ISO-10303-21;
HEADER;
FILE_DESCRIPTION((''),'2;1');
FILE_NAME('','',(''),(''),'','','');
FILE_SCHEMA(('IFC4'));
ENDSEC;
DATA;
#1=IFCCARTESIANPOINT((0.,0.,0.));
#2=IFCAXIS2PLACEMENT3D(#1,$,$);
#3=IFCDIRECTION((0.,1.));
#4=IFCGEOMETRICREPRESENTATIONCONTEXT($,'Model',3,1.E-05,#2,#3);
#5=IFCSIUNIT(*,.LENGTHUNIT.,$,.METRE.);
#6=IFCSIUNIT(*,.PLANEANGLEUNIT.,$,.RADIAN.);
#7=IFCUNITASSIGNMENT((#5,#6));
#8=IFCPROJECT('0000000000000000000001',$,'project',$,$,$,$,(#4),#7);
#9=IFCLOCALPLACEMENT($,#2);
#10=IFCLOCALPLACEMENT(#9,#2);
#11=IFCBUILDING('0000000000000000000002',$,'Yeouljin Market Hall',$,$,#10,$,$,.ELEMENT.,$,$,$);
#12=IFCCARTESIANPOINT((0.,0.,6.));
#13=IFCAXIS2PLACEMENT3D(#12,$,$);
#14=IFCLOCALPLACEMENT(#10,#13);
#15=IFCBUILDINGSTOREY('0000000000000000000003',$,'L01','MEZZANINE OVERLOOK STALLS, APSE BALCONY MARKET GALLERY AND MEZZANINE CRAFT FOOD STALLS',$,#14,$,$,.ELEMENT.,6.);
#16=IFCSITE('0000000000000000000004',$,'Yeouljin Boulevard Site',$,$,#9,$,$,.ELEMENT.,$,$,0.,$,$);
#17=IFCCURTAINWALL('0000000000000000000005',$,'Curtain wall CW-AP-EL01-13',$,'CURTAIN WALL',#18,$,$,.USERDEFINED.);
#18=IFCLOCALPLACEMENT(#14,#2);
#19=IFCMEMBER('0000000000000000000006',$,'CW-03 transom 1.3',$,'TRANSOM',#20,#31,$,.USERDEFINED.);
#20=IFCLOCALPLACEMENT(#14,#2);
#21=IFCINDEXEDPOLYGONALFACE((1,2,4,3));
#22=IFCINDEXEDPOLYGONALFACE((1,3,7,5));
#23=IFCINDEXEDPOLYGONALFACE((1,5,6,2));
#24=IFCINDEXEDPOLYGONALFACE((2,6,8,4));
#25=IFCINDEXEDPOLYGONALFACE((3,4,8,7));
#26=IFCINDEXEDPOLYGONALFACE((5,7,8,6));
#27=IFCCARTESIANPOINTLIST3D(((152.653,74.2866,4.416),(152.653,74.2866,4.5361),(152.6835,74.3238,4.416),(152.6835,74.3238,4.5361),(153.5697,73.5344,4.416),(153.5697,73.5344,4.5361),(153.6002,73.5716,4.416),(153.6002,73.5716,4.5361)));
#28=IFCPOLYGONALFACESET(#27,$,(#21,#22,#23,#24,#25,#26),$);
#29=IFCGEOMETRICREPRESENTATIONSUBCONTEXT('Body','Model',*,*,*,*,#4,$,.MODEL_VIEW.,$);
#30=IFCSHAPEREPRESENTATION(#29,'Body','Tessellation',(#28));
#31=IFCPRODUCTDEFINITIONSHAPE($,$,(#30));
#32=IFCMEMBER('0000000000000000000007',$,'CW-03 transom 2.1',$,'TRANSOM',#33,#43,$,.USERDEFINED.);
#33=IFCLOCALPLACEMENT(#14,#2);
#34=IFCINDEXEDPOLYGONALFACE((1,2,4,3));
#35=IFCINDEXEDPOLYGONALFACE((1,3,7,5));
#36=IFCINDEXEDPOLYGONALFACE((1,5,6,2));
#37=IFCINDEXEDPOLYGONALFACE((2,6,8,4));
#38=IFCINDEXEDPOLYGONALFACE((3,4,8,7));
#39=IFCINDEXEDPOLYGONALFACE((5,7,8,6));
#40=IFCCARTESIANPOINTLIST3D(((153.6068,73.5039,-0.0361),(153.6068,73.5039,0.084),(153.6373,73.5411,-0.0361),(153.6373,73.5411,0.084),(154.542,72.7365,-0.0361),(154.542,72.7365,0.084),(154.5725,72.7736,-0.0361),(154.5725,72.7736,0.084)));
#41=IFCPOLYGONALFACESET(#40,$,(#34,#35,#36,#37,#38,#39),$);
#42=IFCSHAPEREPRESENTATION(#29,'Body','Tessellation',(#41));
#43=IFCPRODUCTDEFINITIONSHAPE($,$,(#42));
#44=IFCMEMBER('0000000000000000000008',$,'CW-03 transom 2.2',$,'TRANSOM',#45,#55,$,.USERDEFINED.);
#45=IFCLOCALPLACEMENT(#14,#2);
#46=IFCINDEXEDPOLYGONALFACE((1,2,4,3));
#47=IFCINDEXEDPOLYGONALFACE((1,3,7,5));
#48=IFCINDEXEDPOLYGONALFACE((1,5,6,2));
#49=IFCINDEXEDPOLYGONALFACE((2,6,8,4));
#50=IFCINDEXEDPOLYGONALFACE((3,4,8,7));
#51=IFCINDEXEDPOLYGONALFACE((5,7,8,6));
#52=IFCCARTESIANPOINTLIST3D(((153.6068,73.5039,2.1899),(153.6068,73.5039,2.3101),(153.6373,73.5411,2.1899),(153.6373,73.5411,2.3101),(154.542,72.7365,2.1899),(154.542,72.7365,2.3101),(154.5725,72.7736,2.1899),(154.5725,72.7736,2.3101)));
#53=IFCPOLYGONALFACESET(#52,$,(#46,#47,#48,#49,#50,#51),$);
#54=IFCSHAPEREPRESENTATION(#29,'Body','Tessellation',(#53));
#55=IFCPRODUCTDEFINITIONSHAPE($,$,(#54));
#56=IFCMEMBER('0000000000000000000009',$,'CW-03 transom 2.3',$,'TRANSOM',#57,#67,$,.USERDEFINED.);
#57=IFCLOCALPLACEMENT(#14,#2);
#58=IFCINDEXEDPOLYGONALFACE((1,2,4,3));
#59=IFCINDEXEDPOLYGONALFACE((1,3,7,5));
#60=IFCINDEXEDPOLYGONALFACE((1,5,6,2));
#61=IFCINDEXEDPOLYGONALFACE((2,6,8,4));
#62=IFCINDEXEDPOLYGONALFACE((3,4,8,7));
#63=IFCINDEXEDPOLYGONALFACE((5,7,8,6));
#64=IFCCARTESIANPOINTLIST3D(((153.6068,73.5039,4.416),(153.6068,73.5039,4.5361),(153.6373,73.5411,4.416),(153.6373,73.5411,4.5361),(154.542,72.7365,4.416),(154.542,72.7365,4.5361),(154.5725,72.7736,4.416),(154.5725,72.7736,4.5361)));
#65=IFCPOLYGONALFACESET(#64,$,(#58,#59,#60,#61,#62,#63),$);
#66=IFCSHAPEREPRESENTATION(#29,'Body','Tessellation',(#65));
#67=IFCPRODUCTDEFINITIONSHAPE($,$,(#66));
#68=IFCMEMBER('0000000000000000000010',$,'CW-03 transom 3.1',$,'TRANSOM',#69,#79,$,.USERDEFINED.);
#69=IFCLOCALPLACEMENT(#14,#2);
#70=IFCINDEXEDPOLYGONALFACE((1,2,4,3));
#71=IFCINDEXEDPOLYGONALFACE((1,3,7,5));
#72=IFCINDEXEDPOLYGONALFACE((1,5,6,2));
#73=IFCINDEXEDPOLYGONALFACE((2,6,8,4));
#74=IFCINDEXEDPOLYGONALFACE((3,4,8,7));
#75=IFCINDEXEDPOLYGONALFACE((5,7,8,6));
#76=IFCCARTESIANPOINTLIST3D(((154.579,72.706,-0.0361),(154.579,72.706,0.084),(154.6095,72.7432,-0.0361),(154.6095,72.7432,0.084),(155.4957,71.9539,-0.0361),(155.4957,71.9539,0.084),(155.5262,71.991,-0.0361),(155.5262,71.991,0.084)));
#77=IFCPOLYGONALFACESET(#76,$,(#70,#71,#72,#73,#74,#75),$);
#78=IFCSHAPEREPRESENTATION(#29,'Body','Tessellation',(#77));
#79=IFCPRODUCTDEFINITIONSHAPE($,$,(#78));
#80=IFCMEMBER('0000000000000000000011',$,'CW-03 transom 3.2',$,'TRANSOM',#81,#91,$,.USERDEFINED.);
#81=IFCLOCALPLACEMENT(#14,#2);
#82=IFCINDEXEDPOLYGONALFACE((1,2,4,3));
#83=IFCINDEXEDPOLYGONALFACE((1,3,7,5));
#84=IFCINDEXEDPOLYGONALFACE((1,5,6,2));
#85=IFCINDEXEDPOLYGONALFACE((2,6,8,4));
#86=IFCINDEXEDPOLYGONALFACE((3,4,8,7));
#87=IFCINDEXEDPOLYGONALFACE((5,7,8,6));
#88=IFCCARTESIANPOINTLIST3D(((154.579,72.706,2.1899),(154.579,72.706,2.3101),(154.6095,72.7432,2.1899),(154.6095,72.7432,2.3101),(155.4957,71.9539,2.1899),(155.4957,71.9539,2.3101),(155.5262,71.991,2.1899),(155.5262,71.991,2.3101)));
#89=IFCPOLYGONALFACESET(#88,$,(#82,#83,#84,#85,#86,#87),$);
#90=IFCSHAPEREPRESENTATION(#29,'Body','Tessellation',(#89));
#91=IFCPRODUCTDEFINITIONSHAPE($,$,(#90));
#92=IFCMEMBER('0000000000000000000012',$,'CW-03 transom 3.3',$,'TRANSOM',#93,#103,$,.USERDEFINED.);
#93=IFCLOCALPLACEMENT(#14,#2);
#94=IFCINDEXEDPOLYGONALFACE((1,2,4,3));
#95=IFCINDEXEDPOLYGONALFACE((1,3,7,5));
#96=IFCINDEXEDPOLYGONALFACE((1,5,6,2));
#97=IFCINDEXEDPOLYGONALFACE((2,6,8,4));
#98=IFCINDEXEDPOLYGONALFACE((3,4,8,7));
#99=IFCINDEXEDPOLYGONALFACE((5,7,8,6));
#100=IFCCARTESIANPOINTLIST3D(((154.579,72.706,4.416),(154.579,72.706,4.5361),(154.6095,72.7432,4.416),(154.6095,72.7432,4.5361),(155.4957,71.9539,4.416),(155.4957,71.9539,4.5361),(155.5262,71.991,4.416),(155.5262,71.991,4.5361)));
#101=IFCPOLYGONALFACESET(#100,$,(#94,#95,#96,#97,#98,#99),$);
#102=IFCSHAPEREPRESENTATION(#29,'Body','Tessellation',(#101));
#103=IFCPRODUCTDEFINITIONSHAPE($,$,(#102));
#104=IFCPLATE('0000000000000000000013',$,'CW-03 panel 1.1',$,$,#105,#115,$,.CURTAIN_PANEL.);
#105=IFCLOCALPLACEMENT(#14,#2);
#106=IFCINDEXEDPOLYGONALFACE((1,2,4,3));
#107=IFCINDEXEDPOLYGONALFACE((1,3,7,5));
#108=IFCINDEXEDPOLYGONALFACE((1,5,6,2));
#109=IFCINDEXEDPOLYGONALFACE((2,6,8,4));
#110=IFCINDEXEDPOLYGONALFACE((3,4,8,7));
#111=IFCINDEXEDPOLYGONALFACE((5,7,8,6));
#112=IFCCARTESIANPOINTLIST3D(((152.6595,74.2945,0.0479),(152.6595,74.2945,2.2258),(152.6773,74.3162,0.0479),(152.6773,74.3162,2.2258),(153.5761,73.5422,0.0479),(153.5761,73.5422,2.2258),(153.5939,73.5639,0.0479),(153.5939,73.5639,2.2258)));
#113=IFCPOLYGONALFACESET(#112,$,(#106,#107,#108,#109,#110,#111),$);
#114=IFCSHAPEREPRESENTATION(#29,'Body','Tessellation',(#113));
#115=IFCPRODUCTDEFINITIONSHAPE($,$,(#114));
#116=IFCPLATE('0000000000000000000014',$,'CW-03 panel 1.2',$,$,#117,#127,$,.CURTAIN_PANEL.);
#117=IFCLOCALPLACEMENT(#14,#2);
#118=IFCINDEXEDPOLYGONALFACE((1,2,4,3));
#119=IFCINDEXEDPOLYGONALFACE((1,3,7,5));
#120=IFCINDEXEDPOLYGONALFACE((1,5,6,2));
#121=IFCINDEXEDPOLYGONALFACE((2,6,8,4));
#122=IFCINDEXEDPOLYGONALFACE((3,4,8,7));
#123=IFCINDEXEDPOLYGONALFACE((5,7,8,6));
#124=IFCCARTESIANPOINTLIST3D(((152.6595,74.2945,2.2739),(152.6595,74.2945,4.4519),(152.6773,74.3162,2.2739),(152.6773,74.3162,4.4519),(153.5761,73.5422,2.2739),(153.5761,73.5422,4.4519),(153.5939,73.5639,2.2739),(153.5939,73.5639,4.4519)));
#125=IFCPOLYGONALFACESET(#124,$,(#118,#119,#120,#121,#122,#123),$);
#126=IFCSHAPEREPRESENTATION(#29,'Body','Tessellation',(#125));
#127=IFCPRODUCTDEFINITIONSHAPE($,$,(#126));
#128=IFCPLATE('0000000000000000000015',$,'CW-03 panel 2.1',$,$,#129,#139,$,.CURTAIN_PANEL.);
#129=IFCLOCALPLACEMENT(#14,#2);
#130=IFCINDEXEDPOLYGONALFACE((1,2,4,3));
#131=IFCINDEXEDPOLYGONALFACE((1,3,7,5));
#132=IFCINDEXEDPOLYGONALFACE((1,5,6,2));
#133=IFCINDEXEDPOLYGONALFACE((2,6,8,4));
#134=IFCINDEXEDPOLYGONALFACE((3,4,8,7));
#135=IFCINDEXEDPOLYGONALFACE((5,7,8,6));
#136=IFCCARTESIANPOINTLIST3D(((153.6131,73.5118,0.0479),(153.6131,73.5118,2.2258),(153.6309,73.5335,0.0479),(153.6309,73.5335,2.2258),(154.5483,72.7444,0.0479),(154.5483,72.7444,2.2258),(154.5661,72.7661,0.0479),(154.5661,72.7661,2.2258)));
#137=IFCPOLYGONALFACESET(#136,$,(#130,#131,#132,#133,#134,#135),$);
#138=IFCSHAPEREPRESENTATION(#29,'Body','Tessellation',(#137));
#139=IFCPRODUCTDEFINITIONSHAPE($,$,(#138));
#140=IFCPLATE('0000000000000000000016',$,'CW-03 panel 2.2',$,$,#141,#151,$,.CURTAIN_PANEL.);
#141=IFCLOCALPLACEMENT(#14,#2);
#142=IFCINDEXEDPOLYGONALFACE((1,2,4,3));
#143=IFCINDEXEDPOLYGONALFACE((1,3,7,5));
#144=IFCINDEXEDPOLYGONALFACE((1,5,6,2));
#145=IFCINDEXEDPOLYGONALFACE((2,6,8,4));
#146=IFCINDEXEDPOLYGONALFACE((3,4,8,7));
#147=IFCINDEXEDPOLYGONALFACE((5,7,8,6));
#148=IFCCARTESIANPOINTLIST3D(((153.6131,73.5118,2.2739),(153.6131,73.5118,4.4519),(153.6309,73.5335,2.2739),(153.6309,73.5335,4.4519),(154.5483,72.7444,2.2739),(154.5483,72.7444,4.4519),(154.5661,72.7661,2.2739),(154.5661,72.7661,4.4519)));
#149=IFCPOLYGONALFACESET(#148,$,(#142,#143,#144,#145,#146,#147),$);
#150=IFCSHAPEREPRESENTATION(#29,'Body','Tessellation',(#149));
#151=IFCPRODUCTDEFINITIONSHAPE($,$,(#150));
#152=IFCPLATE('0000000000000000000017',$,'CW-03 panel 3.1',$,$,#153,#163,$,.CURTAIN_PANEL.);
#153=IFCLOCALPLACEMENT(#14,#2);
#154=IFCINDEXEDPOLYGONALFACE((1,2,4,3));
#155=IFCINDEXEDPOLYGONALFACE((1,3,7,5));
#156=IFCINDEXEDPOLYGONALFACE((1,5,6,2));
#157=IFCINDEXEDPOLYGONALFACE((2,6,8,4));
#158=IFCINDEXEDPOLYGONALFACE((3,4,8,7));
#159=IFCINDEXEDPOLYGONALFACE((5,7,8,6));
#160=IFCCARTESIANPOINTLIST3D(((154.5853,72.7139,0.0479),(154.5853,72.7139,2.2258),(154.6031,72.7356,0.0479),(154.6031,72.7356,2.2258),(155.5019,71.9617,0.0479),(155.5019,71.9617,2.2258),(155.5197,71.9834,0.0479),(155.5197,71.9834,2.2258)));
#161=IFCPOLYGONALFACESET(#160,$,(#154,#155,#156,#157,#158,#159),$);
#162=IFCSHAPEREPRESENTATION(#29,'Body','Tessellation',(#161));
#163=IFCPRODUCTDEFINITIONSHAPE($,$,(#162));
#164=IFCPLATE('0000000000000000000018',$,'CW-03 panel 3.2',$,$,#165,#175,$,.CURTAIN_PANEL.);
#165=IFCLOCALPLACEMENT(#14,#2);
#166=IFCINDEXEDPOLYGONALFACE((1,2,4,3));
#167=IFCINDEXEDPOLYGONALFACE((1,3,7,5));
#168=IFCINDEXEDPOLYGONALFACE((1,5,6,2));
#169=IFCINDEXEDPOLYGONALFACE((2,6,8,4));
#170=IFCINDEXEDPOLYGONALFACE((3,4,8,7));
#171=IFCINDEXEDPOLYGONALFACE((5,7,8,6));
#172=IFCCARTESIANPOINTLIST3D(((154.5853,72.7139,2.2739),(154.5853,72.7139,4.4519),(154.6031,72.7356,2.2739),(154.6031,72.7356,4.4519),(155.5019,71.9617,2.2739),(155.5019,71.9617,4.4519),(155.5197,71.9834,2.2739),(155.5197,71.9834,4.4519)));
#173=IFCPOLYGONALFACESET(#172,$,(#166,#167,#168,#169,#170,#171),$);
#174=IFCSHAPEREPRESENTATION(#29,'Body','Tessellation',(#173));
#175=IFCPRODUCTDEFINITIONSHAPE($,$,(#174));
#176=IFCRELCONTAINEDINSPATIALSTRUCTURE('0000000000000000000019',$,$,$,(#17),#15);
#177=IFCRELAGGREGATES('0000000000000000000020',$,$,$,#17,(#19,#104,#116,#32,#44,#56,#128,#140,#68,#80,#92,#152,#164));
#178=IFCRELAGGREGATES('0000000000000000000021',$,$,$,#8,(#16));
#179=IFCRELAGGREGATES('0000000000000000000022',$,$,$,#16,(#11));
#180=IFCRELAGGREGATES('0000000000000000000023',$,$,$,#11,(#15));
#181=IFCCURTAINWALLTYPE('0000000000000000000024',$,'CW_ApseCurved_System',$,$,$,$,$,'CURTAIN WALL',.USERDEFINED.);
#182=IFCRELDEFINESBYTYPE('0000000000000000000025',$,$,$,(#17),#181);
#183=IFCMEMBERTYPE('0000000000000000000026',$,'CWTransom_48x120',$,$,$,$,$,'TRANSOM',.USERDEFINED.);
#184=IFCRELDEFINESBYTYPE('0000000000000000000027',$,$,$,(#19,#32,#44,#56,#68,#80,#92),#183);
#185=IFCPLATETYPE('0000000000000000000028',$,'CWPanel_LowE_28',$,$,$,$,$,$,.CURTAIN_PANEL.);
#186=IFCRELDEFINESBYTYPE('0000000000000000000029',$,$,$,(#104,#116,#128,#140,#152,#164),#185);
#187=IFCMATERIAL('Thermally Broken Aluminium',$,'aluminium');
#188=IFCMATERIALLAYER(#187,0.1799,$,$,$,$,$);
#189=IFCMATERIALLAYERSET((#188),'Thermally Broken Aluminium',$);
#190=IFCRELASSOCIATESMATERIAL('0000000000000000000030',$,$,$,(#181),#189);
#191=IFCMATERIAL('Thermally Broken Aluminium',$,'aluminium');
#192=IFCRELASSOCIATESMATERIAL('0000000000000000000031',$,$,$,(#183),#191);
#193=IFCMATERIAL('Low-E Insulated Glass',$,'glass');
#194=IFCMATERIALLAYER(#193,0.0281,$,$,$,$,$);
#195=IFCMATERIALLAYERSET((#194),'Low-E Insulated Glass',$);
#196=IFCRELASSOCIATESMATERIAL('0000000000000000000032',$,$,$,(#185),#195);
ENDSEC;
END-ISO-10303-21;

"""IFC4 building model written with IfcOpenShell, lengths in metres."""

from ifc_helpers import new_model, si_unit, direction, frame, origin, origin_2d, place, context, subcontext, project, spatial, rectangle, extrude, material, layer, layer_set, material_profile, profile_set, type_object, element, aggregate, save


model = new_model("IFC4")

# Units and contexts
model_context = context("Model", 3, precision=1e-05, world=origin(), true_north=direction((0.0, 1.0)))
body_context = subcontext(model_context, "Body", "Model", "MODEL_VIEW")
ifc_project = project(units=[si_unit("LENGTHUNIT", "METRE"), si_unit("PLANEANGLEUNIT", "RADIAN")], contexts=[model_context])

# Site, building, storey
site_placement = place(None, origin())
site = spatial("IfcSite", under=ifc_project, at=site_placement, Name="Yeouljin Boulevard Site", CompositionType="ELEMENT", RefElevation=0.0)
building_placement = place(site_placement, origin())
building = spatial("IfcBuilding", under=site, at=building_placement, Name="Yeouljin Market Hall", CompositionType="ELEMENT")
storey_placement = place(building_placement, frame((0.0, 0.0, 6.0)))
storey = spatial("IfcBuildingStorey", under=building, at=storey_placement, Name="L01", Description="MEZZANINE OVERLOOK STALLS, APSE BALCONY MARKET GALLERY AND MEZZANINE CRAFT FOOD STALLS", CompositionType="ELEMENT", Elevation=6.0)

# Curtain wall, members, plates
ifc_material_1 = material(Name="Thermally Broken Aluminium", Category="aluminium")
ifc_layer_1 = layer(ifc_material_1, 0.1799)
ifc_layer_set_1 = layer_set([ifc_layer_1], Name="Thermally Broken Aluminium")
curtain_wall_type = type_object("IfcCurtainWallType", Name="CW_ApseCurved_System", ElementType="CURTAIN WALL", PredefinedType="USERDEFINED", material=ifc_layer_set_1)
curtain_wall_placement = place(storey_placement, origin())
curtain_wall = element("IfcCurtainWall", 1, at=curtain_wall_placement, inside=storey, type_object=curtain_wall_type, Name="Curtain wall CW-AP-EL01-13", ObjectType="CURTAIN WALL", PredefinedType="USERDEFINED")
ifc_material_2 = material(Name="Thermally Broken Aluminium", Category="aluminium")
ifc_material_profile_1 = material_profile(ifc_material_2, rectangle(XDim=0.0481, YDim=0.1201, at=origin_2d()), Name="CW-TRAN-48x120")
ifc_profile_set_1 = profile_set([ifc_material_profile_1], Name="Thermally Broken Aluminium")
member_type_1 = type_object("IfcMemberType", Name="CWTransom_48x120", ElementType="TRANSOM", PredefinedType="USERDEFINED", material=ifc_profile_set_1)
member_1_placement = place(storey_placement, frame((152.6682, 74.3052, 4.4761), z_axis=(0.773076, -0.634313, 0.0), x_axis=(0.634313, 0.773076, 0.0)))
member_1 = element("IfcMember", 2, at=member_1_placement, type_object=member_type_1, Name="CW-03 transom 1.3", ObjectType="TRANSOM", PredefinedType="USERDEFINED", context=body_context, shape_type="SweptSolid", body=[
    extrude(rectangle(XDim=0.0481, YDim=0.1201, at=origin_2d()), origin(), (0.0, 0.0, 1.0), 1.1858),
])
member_2_placement = place(storey_placement, frame((153.6221, 73.5225, 0.0239), z_axis=(0.77303, -0.634369, 0.0), x_axis=(0.634369, 0.77303, 0.0)))
member_2 = element("IfcMember", 3, at=member_2_placement, type_object=member_type_1, Name="CW-03 transom 2.1", ObjectType="TRANSOM", PredefinedType="USERDEFINED", context=body_context, shape_type="SweptSolid", body=[
    extrude(rectangle(XDim=0.0481, YDim=0.1201, at=origin_2d()), origin(), (0.0, 0.0, 1.0), 1.2097),
])
member_3_placement = place(storey_placement, frame((153.6221, 73.5225, 2.25), z_axis=(0.77303, -0.634369, 0.0), x_axis=(0.634369, 0.77303, 0.0)))
member_3 = element("IfcMember", 4, at=member_3_placement, type_object=member_type_1, Name="CW-03 transom 2.2", ObjectType="TRANSOM", PredefinedType="USERDEFINED", context=body_context, shape_type="SweptSolid", body=[
    extrude(rectangle(XDim=0.0481, YDim=0.1201, at=origin_2d()), origin(), (0.0, 0.0, 1.0), 1.2097),
])
member_4_placement = place(storey_placement, frame((153.6221, 73.5225, 4.4761), z_axis=(0.77303, -0.634369, 0.0), x_axis=(0.634369, 0.77303, 0.0)))
member_4 = element("IfcMember", 5, at=member_4_placement, type_object=member_type_1, Name="CW-03 transom 2.3", ObjectType="TRANSOM", PredefinedType="USERDEFINED", context=body_context, shape_type="SweptSolid", body=[
    extrude(rectangle(XDim=0.0481, YDim=0.1201, at=origin_2d()), origin(), (0.0, 0.0, 1.0), 1.2097),
])
member_5_placement = place(storey_placement, frame((154.5942, 72.7246, 0.0239), z_axis=(0.773076, -0.634313, 0.0), x_axis=(0.634313, 0.773076, 0.0)))
member_5 = element("IfcMember", 6, at=member_5_placement, type_object=member_type_1, Name="CW-03 transom 3.1", ObjectType="TRANSOM", PredefinedType="USERDEFINED", context=body_context, shape_type="SweptSolid", body=[
    extrude(rectangle(XDim=0.0481, YDim=0.1201, at=origin_2d()), origin(), (0.0, 0.0, 1.0), 1.1858),
])
member_6_placement = place(storey_placement, frame((154.5942, 72.7246, 2.25), z_axis=(0.773076, -0.634313, 0.0), x_axis=(0.634313, 0.773076, 0.0)))
member_6 = element("IfcMember", 7, at=member_6_placement, type_object=member_type_1, Name="CW-03 transom 3.2", ObjectType="TRANSOM", PredefinedType="USERDEFINED", context=body_context, shape_type="SweptSolid", body=[
    extrude(rectangle(XDim=0.0481, YDim=0.1201, at=origin_2d()), origin(), (0.0, 0.0, 1.0), 1.1858),
])
member_7_placement = place(storey_placement, frame((154.5942, 72.7246, 4.4761), z_axis=(0.773076, -0.634313, 0.0), x_axis=(0.634313, 0.773076, 0.0)))
member_7 = element("IfcMember", 8, at=member_7_placement, type_object=member_type_1, Name="CW-03 transom 3.3", ObjectType="TRANSOM", PredefinedType="USERDEFINED", context=body_context, shape_type="SweptSolid", body=[
    extrude(rectangle(XDim=0.0481, YDim=0.1201, at=origin_2d()), origin(), (0.0, 0.0, 1.0), 1.1858),
])
ifc_material_3 = material(Name="Low-E Insulated Glass", Category="glass")
ifc_layer_2 = layer(ifc_material_3, 0.0281)
ifc_layer_set_2 = layer_set([ifc_layer_2], Name="Low-E Insulated Glass")
plate_type = type_object("IfcPlateType", Name="CWPanel_LowE_28", PredefinedType="CURTAIN_PANEL", material=ifc_layer_set_2)
plate_1_placement = place(storey_placement, frame((153.1267, 73.9292, 0.0479), z_axis=(0.0, 0.0, 1.0), x_axis=(0.773018, -0.634384, 0.0)))
plate_1 = element("IfcPlate", 9, at=plate_1_placement, type_object=plate_type, Name="CW-03 panel 1.1", PredefinedType="CURTAIN_PANEL", context=body_context, shape_type="SweptSolid", body=[
    extrude(rectangle(XDim=1.1858, YDim=0.0281, at=origin_2d()), origin(), (0.0, 0.0, 1.0), 2.178),
])
plate_2_placement = place(storey_placement, frame((153.1267, 73.9292, 2.2739), z_axis=(0.0, 0.0, 1.0), x_axis=(0.773018, -0.634384, 0.0)))
plate_2 = element("IfcPlate", 10, at=plate_2_placement, type_object=plate_type, Name="CW-03 panel 1.2", PredefinedType="CURTAIN_PANEL", context=body_context, shape_type="SweptSolid", body=[
    extrude(rectangle(XDim=1.1858, YDim=0.0281, at=origin_2d()), origin(), (0.0, 0.0, 1.0), 2.178),
])
plate_3_placement = place(storey_placement, frame((154.0896, 73.1389, 0.0479), z_axis=(0.0, 0.0, 1.0), x_axis=(0.773018, -0.634384, 0.0)))
plate_3 = element("IfcPlate", 11, at=plate_3_placement, type_object=plate_type, Name="CW-03 panel 2.1", PredefinedType="CURTAIN_PANEL", context=body_context, shape_type="SweptSolid", body=[
    extrude(rectangle(XDim=1.2097, YDim=0.0281, at=origin_2d()), origin(), (0.0, 0.0, 1.0), 2.178),
])
plate_4_placement = place(storey_placement, frame((154.0896, 73.1389, 2.2739), z_axis=(0.0, 0.0, 1.0), x_axis=(0.773018, -0.634384, 0.0)))
plate_4 = element("IfcPlate", 12, at=plate_4_placement, type_object=plate_type, Name="CW-03 panel 2.2", PredefinedType="CURTAIN_PANEL", context=body_context, shape_type="SweptSolid", body=[
    extrude(rectangle(XDim=1.2097, YDim=0.0281, at=origin_2d()), origin(), (0.0, 0.0, 1.0), 2.178),
])
plate_5_placement = place(storey_placement, frame((155.0525, 72.3486, 0.0479), z_axis=(0.0, 0.0, 1.0), x_axis=(0.773018, -0.634384, 0.0)))
plate_5 = element("IfcPlate", 13, at=plate_5_placement, type_object=plate_type, Name="CW-03 panel 3.1", PredefinedType="CURTAIN_PANEL", context=body_context, shape_type="SweptSolid", body=[
    extrude(rectangle(XDim=1.1858, YDim=0.0281, at=origin_2d()), origin(), (0.0, 0.0, 1.0), 2.178),
])
plate_6_placement = place(storey_placement, frame((155.0525, 72.3486, 2.2739), z_axis=(0.0, 0.0, 1.0), x_axis=(0.773018, -0.634384, 0.0)))
plate_6 = element("IfcPlate", 14, at=plate_6_placement, type_object=plate_type, Name="CW-03 panel 3.2", PredefinedType="CURTAIN_PANEL", context=body_context, shape_type="SweptSolid", body=[
    extrude(rectangle(XDim=1.1858, YDim=0.0281, at=origin_2d()), origin(), (0.0, 0.0, 1.0), 2.178),
])
aggregate(curtain_wall, [member_1, plate_1, plate_2, member_2, member_3, member_4, plate_3, plate_4, member_5, member_6, member_7, plate_5, plate_6])

save(model, "model.ifc")
